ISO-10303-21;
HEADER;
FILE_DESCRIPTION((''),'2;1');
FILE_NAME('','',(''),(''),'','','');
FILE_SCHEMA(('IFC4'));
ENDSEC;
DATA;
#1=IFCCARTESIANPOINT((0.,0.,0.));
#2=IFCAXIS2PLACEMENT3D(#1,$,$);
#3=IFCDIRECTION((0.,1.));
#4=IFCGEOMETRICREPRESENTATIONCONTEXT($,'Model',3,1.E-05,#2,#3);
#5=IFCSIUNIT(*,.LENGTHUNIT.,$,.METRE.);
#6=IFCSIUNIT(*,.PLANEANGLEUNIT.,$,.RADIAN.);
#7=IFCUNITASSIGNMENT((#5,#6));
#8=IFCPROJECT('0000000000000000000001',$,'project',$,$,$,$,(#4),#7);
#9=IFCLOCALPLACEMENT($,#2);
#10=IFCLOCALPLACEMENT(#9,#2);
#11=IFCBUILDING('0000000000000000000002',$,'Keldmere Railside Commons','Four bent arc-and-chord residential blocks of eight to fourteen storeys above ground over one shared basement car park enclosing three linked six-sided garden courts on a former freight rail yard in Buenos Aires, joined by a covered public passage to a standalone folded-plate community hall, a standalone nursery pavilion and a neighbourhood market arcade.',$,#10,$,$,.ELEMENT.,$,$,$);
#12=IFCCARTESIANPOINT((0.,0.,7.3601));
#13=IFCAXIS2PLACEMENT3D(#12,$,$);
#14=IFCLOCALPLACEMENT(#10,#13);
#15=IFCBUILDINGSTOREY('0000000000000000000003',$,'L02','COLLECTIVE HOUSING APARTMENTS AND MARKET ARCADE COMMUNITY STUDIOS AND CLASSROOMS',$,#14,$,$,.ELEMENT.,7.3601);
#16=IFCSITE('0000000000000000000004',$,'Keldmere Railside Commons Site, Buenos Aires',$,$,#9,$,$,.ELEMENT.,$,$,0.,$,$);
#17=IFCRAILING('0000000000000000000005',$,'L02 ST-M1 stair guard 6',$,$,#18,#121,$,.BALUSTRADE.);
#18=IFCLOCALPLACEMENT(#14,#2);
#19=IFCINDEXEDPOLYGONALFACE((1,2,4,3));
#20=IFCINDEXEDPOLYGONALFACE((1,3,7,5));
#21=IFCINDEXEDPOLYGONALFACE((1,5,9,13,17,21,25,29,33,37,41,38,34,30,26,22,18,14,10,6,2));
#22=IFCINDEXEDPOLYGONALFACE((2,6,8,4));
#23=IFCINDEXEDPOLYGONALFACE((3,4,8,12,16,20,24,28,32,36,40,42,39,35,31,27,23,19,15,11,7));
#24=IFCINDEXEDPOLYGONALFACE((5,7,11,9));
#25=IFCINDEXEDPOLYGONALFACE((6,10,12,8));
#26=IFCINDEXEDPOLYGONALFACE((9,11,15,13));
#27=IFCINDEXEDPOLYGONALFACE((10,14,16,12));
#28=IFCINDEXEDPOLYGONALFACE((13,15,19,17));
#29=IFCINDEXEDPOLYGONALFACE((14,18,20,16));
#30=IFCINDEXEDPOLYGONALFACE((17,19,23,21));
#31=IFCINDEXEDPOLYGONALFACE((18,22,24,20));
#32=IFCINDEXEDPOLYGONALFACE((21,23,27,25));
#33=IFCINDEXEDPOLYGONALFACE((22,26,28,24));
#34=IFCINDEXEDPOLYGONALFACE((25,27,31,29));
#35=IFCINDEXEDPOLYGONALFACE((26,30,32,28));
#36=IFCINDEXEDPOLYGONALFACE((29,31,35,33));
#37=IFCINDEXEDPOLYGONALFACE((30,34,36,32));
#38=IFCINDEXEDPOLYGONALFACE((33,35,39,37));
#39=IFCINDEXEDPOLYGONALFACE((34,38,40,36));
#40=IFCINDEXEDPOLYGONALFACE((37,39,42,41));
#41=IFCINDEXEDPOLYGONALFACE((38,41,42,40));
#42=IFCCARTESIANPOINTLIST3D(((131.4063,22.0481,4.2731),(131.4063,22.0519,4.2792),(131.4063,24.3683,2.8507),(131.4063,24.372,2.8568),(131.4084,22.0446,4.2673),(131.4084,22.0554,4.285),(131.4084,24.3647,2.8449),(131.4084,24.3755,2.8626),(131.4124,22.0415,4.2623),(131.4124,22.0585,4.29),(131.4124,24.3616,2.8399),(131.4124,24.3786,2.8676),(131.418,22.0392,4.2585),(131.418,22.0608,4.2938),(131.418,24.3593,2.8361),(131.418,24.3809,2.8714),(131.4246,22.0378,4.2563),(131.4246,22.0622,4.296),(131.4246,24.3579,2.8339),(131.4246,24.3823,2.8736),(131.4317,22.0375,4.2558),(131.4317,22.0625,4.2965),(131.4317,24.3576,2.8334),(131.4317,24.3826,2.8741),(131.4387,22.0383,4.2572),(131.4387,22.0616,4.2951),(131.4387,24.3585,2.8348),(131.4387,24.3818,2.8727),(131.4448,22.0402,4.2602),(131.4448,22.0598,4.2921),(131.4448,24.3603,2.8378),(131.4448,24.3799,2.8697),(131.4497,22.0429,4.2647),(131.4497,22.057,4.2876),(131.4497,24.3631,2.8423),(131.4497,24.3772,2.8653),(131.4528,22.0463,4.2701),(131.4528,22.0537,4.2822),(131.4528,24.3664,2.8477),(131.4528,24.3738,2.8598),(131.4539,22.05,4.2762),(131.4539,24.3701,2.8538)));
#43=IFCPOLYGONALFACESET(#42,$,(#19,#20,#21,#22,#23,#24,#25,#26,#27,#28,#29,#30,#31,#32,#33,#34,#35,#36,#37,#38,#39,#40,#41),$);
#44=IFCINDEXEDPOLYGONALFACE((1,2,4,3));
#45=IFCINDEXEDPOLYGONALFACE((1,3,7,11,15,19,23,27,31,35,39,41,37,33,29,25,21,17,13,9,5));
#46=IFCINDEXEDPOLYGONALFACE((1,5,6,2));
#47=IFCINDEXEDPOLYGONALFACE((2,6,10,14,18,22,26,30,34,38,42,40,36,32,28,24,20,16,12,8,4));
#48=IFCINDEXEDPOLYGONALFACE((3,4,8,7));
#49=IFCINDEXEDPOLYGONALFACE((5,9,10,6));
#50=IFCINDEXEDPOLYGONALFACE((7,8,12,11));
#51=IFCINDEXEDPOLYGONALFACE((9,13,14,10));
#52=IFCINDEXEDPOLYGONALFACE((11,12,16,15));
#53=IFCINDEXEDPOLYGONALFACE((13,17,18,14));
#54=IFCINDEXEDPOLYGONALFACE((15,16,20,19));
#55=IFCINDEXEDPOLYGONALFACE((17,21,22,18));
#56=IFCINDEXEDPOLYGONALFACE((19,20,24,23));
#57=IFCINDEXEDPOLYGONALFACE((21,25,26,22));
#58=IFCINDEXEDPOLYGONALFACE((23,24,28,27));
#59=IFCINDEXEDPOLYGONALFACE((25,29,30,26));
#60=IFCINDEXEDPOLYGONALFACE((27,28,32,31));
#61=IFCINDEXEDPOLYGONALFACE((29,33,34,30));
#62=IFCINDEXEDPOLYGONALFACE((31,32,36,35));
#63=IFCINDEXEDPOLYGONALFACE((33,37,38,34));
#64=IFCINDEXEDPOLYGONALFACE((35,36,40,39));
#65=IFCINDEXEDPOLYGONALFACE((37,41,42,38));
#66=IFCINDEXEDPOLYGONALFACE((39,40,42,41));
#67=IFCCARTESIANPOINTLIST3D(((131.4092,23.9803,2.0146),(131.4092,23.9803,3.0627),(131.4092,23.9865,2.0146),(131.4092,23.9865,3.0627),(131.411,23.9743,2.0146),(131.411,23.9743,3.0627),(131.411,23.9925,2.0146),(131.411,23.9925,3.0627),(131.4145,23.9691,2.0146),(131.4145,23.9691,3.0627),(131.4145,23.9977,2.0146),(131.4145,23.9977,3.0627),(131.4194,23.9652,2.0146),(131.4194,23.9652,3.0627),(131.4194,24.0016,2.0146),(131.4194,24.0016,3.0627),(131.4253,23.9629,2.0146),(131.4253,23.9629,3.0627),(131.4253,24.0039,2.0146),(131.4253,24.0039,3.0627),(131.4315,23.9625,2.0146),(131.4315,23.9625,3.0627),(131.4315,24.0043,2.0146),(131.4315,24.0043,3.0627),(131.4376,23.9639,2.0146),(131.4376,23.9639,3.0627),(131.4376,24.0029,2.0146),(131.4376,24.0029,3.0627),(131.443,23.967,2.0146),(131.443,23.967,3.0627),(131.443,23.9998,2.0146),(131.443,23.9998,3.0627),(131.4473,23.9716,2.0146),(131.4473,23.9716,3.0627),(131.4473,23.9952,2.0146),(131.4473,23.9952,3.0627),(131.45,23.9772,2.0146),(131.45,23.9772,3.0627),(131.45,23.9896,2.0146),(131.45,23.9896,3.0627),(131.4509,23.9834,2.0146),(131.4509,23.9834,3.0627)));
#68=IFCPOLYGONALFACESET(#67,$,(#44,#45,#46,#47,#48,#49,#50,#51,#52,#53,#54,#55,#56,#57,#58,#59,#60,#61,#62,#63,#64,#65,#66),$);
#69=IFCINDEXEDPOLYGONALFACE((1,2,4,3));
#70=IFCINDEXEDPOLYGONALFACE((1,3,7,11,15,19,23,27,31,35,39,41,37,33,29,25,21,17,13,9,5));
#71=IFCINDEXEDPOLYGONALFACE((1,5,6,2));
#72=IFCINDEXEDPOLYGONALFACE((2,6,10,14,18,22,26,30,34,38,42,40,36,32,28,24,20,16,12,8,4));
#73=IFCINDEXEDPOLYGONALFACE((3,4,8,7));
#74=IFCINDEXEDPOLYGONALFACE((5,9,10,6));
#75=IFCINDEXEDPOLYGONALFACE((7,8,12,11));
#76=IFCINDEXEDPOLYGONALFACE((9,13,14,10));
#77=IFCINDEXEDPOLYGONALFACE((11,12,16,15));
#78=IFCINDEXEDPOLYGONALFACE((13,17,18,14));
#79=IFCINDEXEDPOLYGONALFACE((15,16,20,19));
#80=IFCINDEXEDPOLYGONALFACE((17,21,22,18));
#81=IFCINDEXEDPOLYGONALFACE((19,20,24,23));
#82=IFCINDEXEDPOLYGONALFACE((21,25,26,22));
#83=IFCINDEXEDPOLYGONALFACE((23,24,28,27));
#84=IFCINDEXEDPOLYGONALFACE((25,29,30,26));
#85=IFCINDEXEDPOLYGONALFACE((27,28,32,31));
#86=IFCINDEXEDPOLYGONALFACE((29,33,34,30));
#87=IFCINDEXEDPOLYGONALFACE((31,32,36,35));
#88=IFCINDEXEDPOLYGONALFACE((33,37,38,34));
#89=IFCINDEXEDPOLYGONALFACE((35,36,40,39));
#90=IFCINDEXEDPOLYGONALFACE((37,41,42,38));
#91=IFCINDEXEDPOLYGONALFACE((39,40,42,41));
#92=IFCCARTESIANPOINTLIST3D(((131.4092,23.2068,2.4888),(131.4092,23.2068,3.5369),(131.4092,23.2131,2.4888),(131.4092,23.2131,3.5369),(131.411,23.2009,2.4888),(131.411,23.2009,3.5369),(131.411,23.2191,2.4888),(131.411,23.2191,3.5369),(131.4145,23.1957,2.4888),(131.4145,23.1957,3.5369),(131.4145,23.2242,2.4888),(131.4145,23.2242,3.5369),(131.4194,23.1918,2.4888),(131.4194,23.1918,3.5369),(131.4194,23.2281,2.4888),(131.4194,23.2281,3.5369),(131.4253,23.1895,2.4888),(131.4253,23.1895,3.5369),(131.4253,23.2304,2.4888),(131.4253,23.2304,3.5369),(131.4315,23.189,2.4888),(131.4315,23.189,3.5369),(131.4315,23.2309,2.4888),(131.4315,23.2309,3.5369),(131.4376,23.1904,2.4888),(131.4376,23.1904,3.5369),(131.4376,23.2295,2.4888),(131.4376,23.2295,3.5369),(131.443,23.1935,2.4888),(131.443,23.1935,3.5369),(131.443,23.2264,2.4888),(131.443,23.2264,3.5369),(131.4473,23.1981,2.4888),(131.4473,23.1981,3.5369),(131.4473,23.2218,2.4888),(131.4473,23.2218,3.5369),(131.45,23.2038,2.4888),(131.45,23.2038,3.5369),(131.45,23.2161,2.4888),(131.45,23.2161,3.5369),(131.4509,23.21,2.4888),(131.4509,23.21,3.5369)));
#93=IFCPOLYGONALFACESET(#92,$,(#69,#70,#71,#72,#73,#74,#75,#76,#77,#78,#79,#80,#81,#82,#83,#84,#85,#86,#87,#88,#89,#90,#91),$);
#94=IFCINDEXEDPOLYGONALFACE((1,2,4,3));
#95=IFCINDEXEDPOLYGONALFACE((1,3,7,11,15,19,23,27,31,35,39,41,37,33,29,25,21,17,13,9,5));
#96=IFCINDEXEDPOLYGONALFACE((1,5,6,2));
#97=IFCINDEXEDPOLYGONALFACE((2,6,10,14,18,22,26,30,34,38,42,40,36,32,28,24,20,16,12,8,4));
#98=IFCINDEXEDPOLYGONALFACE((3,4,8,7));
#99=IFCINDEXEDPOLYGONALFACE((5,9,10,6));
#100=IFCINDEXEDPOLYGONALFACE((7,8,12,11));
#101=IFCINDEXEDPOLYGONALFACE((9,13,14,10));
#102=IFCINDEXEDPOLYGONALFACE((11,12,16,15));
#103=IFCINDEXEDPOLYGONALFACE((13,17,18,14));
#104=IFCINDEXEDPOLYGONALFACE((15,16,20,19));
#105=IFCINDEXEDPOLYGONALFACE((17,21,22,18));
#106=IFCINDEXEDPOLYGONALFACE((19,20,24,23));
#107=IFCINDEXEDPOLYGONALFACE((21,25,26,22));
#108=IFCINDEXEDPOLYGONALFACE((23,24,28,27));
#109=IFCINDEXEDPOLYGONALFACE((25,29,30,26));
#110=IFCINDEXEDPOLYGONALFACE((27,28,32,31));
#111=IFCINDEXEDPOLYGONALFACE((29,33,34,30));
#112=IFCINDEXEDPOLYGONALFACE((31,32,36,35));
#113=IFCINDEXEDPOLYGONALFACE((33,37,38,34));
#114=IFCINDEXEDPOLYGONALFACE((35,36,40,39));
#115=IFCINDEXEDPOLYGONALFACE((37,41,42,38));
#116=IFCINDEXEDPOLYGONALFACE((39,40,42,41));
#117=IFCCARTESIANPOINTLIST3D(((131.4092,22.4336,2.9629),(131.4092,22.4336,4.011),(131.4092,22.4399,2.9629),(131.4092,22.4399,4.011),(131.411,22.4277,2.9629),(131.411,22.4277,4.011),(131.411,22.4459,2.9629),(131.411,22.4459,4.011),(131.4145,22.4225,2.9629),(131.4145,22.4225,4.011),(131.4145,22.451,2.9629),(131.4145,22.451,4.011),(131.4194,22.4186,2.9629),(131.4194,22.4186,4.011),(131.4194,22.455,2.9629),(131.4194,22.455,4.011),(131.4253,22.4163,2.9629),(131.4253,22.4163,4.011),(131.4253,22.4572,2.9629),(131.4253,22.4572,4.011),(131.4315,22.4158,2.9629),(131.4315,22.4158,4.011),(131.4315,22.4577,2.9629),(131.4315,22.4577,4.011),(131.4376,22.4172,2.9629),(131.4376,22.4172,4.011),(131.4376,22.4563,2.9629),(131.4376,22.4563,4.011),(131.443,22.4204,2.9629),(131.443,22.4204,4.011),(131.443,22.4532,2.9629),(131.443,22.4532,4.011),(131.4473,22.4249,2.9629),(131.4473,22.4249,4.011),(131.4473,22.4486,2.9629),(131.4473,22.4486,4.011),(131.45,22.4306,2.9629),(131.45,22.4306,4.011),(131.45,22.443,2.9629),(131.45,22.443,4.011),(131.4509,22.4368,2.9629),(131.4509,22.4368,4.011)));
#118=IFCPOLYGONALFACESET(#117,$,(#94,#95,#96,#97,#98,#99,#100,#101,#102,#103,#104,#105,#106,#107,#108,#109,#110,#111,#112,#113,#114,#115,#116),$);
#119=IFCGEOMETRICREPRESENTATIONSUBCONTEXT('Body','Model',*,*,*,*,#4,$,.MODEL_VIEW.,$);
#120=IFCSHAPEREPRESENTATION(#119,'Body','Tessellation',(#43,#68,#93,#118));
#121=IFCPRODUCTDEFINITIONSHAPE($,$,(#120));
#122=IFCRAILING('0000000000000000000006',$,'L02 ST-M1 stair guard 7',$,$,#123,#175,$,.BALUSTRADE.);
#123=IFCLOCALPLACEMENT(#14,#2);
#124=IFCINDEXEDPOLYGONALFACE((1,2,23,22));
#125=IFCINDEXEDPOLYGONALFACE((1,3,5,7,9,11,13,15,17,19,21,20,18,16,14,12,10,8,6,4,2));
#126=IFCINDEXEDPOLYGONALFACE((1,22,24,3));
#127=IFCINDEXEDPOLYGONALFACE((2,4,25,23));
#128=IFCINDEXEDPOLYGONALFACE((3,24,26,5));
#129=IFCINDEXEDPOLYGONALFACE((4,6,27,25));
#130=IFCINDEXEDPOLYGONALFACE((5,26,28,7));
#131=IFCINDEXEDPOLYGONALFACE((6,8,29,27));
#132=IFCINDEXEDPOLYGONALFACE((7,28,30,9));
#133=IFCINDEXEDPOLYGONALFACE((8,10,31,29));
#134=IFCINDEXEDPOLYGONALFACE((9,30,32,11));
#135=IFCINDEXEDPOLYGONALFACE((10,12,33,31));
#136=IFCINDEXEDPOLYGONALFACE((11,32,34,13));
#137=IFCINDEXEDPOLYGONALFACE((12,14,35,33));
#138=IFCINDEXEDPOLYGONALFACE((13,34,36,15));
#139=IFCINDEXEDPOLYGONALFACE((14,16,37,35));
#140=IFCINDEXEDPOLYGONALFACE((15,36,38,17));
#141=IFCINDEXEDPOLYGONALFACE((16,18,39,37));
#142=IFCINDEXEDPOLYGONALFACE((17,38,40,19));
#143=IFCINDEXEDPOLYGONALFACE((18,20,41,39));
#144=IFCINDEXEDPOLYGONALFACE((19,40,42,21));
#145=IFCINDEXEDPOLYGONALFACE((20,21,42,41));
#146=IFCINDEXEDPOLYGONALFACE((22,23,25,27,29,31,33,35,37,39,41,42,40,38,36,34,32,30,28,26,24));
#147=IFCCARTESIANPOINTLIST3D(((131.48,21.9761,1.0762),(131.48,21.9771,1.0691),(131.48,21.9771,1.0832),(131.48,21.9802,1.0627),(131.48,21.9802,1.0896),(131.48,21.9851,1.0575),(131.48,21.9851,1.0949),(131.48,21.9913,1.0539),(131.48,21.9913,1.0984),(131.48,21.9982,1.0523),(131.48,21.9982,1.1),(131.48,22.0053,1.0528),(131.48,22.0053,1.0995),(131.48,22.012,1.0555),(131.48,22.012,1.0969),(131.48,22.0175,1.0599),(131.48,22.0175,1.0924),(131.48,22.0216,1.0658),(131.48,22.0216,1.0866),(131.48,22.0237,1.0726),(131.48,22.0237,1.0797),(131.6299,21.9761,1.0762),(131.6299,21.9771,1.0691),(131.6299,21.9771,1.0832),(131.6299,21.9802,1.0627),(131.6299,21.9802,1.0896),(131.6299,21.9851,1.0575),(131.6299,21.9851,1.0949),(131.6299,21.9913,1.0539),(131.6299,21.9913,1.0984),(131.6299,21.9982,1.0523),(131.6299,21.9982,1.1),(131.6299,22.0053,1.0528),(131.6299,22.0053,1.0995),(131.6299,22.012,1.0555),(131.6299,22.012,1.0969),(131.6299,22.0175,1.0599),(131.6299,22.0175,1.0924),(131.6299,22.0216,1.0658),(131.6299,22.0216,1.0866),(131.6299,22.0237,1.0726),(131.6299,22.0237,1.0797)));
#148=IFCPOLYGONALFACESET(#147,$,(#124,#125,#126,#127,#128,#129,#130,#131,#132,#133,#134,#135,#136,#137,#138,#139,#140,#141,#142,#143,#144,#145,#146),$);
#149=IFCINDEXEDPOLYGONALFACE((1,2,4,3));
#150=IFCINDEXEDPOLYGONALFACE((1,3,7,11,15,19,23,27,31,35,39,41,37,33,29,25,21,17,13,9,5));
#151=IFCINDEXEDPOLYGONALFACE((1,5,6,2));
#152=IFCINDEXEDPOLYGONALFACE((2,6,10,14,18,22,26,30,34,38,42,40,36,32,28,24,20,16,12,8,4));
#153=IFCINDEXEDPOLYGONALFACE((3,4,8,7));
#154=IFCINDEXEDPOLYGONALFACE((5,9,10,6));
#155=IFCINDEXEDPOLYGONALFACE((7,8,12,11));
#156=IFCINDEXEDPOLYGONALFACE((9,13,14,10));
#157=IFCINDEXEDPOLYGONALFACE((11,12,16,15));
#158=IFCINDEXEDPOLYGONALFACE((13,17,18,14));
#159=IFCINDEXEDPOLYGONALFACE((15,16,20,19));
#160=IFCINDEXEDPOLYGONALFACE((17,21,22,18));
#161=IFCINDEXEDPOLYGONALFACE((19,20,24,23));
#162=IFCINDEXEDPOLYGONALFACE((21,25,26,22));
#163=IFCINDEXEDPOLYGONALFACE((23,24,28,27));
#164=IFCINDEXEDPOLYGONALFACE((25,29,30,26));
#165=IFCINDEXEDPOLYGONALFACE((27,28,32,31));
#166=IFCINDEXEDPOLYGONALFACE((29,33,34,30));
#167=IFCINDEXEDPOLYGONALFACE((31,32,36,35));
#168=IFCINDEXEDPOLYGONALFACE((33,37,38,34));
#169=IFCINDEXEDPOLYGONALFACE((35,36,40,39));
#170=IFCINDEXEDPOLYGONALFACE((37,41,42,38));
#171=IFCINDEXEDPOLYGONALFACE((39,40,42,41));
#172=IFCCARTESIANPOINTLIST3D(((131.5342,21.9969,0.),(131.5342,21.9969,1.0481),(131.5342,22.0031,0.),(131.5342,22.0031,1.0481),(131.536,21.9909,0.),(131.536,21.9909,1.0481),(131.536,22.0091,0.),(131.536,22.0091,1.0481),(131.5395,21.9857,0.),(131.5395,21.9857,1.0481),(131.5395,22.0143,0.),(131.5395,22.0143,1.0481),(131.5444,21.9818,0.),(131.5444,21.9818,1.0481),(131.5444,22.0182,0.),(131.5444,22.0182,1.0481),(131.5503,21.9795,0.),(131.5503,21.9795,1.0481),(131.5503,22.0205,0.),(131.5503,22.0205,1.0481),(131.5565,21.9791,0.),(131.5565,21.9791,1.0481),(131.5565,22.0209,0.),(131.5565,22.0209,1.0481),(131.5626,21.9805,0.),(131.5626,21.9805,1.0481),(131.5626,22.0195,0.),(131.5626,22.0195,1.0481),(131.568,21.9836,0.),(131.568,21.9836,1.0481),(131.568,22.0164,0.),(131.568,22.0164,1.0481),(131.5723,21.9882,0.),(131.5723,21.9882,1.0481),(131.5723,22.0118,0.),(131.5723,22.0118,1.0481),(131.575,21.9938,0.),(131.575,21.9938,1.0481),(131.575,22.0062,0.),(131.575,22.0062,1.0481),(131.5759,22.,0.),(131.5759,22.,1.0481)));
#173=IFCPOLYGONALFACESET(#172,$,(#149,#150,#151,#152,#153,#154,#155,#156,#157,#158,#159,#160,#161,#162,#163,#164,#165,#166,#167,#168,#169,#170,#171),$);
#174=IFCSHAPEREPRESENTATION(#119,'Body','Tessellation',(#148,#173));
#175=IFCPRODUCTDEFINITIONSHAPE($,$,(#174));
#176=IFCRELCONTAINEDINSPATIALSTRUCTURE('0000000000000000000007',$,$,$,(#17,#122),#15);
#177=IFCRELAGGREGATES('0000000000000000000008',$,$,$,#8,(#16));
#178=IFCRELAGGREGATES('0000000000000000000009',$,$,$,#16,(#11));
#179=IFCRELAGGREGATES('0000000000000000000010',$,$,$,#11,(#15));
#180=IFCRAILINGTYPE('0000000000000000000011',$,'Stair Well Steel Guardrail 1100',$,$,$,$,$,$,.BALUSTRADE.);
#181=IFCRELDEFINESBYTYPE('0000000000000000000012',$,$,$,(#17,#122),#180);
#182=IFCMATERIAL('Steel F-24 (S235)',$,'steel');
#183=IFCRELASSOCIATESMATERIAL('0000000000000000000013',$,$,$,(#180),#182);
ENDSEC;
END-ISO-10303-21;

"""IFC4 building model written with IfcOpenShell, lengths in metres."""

from ifc_helpers import new_model, si_unit, direction, frame, origin, origin_2d, place, context, subcontext, project, spatial, circle, extrude, material, type_object, element, save


model = new_model("IFC4")

# Units and contexts
model_context = context("Model", 3, precision=1e-05, world=origin(), true_north=direction((0.0, 1.0)))
body_context = subcontext(model_context, "Body", "Model", "MODEL_VIEW")
ifc_project = project(units=[si_unit("LENGTHUNIT", "METRE"), si_unit("PLANEANGLEUNIT", "RADIAN")], contexts=[model_context])

# Site, building, storey
site_placement = place(None, origin())
site = spatial("IfcSite", under=ifc_project, at=site_placement, Name="Keldmere Railside Commons Site, Buenos Aires", CompositionType="ELEMENT", RefElevation=0.0)
building_placement = place(site_placement, origin())
building = spatial("IfcBuilding", under=site, at=building_placement, Name="Keldmere Railside Commons", Description="Four bent arc-and-chord residential blocks of eight to fourteen storeys above ground over one shared basement car park enclosing three linked six-sided garden courts on a former freight rail yard in Buenos Aires, joined by a covered public passage to a standalone folded-plate community hall, a standalone nursery pavilion and a neighbourhood market arcade.", CompositionType="ELEMENT")
storey_placement = place(building_placement, frame((0.0, 0.0, 7.3601)))
storey = spatial("IfcBuildingStorey", under=building, at=storey_placement, Name="L02", Description="COLLECTIVE HOUSING APARTMENTS AND MARKET ARCADE COMMUNITY STUDIOS AND CLASSROOMS", CompositionType="ELEMENT", Elevation=7.3601)

# Railings
ifc_material_1 = material(Name="Steel F-24 (S235)", Category="steel")
railing_type_1 = type_object("IfcRailingType", Name="Stair Well Steel Guardrail 1100", PredefinedType="BALUSTRADE", material=ifc_material_1)
railing_1_placement = place(storey_placement, frame((131.4299, 24.3701, 1.7776)))
element("IfcRailing", 1, at=railing_1_placement, inside=storey, type_object=railing_type_1, Name="L02 ST-M1 stair guard 6", PredefinedType="BALUSTRADE", context=body_context, shape_type="SweptSolid", body=[
    extrude(circle(Radius=0.0239, at=origin_2d()), frame((0.0, 0.0, 1.0762), z_axis=(0.0, -0.852538, 0.522665), x_axis=(1.0, 0.0, 0.0)), (0.0, 0.0, 1.0), 2.7214),
    extrude(circle(Radius=0.021, at=origin_2d()), frame((0.0, -0.3867, 0.2371)), (0.0, 0.0, 1.0), 1.0481),
    extrude(circle(Radius=0.021, at=origin_2d()), frame((0.0, -1.1602, 0.7112)), (0.0, 0.0, 1.0), 1.0481),
    extrude(circle(Radius=0.021, at=origin_2d()), frame((0.0, -1.9333, 1.1853)), (0.0, 0.0, 1.0), 1.0481),
])
railing_2_placement = place(storey_placement, frame((131.6299, 22.0, 0.0)))
element("IfcRailing", 2, at=railing_2_placement, inside=storey, type_object=railing_type_1, Name="L02 ST-M1 stair guard 7", PredefinedType="BALUSTRADE", context=body_context, shape_type="SweptSolid", body=[
    extrude(circle(Radius=0.0239, at=origin_2d()), frame((0.0, 0.0, 1.0762), z_axis=(-1.0, 0.0, 0.0), x_axis=(0.0, -1.0, 0.0)), (0.0, 0.0, 1.0), 0.1499),
    extrude(circle(Radius=0.021, at=origin_2d()), frame((-0.075, 0.0, 0.0)), (0.0, 0.0, 1.0), 1.0481),
])

save(model, "model.ifc")
